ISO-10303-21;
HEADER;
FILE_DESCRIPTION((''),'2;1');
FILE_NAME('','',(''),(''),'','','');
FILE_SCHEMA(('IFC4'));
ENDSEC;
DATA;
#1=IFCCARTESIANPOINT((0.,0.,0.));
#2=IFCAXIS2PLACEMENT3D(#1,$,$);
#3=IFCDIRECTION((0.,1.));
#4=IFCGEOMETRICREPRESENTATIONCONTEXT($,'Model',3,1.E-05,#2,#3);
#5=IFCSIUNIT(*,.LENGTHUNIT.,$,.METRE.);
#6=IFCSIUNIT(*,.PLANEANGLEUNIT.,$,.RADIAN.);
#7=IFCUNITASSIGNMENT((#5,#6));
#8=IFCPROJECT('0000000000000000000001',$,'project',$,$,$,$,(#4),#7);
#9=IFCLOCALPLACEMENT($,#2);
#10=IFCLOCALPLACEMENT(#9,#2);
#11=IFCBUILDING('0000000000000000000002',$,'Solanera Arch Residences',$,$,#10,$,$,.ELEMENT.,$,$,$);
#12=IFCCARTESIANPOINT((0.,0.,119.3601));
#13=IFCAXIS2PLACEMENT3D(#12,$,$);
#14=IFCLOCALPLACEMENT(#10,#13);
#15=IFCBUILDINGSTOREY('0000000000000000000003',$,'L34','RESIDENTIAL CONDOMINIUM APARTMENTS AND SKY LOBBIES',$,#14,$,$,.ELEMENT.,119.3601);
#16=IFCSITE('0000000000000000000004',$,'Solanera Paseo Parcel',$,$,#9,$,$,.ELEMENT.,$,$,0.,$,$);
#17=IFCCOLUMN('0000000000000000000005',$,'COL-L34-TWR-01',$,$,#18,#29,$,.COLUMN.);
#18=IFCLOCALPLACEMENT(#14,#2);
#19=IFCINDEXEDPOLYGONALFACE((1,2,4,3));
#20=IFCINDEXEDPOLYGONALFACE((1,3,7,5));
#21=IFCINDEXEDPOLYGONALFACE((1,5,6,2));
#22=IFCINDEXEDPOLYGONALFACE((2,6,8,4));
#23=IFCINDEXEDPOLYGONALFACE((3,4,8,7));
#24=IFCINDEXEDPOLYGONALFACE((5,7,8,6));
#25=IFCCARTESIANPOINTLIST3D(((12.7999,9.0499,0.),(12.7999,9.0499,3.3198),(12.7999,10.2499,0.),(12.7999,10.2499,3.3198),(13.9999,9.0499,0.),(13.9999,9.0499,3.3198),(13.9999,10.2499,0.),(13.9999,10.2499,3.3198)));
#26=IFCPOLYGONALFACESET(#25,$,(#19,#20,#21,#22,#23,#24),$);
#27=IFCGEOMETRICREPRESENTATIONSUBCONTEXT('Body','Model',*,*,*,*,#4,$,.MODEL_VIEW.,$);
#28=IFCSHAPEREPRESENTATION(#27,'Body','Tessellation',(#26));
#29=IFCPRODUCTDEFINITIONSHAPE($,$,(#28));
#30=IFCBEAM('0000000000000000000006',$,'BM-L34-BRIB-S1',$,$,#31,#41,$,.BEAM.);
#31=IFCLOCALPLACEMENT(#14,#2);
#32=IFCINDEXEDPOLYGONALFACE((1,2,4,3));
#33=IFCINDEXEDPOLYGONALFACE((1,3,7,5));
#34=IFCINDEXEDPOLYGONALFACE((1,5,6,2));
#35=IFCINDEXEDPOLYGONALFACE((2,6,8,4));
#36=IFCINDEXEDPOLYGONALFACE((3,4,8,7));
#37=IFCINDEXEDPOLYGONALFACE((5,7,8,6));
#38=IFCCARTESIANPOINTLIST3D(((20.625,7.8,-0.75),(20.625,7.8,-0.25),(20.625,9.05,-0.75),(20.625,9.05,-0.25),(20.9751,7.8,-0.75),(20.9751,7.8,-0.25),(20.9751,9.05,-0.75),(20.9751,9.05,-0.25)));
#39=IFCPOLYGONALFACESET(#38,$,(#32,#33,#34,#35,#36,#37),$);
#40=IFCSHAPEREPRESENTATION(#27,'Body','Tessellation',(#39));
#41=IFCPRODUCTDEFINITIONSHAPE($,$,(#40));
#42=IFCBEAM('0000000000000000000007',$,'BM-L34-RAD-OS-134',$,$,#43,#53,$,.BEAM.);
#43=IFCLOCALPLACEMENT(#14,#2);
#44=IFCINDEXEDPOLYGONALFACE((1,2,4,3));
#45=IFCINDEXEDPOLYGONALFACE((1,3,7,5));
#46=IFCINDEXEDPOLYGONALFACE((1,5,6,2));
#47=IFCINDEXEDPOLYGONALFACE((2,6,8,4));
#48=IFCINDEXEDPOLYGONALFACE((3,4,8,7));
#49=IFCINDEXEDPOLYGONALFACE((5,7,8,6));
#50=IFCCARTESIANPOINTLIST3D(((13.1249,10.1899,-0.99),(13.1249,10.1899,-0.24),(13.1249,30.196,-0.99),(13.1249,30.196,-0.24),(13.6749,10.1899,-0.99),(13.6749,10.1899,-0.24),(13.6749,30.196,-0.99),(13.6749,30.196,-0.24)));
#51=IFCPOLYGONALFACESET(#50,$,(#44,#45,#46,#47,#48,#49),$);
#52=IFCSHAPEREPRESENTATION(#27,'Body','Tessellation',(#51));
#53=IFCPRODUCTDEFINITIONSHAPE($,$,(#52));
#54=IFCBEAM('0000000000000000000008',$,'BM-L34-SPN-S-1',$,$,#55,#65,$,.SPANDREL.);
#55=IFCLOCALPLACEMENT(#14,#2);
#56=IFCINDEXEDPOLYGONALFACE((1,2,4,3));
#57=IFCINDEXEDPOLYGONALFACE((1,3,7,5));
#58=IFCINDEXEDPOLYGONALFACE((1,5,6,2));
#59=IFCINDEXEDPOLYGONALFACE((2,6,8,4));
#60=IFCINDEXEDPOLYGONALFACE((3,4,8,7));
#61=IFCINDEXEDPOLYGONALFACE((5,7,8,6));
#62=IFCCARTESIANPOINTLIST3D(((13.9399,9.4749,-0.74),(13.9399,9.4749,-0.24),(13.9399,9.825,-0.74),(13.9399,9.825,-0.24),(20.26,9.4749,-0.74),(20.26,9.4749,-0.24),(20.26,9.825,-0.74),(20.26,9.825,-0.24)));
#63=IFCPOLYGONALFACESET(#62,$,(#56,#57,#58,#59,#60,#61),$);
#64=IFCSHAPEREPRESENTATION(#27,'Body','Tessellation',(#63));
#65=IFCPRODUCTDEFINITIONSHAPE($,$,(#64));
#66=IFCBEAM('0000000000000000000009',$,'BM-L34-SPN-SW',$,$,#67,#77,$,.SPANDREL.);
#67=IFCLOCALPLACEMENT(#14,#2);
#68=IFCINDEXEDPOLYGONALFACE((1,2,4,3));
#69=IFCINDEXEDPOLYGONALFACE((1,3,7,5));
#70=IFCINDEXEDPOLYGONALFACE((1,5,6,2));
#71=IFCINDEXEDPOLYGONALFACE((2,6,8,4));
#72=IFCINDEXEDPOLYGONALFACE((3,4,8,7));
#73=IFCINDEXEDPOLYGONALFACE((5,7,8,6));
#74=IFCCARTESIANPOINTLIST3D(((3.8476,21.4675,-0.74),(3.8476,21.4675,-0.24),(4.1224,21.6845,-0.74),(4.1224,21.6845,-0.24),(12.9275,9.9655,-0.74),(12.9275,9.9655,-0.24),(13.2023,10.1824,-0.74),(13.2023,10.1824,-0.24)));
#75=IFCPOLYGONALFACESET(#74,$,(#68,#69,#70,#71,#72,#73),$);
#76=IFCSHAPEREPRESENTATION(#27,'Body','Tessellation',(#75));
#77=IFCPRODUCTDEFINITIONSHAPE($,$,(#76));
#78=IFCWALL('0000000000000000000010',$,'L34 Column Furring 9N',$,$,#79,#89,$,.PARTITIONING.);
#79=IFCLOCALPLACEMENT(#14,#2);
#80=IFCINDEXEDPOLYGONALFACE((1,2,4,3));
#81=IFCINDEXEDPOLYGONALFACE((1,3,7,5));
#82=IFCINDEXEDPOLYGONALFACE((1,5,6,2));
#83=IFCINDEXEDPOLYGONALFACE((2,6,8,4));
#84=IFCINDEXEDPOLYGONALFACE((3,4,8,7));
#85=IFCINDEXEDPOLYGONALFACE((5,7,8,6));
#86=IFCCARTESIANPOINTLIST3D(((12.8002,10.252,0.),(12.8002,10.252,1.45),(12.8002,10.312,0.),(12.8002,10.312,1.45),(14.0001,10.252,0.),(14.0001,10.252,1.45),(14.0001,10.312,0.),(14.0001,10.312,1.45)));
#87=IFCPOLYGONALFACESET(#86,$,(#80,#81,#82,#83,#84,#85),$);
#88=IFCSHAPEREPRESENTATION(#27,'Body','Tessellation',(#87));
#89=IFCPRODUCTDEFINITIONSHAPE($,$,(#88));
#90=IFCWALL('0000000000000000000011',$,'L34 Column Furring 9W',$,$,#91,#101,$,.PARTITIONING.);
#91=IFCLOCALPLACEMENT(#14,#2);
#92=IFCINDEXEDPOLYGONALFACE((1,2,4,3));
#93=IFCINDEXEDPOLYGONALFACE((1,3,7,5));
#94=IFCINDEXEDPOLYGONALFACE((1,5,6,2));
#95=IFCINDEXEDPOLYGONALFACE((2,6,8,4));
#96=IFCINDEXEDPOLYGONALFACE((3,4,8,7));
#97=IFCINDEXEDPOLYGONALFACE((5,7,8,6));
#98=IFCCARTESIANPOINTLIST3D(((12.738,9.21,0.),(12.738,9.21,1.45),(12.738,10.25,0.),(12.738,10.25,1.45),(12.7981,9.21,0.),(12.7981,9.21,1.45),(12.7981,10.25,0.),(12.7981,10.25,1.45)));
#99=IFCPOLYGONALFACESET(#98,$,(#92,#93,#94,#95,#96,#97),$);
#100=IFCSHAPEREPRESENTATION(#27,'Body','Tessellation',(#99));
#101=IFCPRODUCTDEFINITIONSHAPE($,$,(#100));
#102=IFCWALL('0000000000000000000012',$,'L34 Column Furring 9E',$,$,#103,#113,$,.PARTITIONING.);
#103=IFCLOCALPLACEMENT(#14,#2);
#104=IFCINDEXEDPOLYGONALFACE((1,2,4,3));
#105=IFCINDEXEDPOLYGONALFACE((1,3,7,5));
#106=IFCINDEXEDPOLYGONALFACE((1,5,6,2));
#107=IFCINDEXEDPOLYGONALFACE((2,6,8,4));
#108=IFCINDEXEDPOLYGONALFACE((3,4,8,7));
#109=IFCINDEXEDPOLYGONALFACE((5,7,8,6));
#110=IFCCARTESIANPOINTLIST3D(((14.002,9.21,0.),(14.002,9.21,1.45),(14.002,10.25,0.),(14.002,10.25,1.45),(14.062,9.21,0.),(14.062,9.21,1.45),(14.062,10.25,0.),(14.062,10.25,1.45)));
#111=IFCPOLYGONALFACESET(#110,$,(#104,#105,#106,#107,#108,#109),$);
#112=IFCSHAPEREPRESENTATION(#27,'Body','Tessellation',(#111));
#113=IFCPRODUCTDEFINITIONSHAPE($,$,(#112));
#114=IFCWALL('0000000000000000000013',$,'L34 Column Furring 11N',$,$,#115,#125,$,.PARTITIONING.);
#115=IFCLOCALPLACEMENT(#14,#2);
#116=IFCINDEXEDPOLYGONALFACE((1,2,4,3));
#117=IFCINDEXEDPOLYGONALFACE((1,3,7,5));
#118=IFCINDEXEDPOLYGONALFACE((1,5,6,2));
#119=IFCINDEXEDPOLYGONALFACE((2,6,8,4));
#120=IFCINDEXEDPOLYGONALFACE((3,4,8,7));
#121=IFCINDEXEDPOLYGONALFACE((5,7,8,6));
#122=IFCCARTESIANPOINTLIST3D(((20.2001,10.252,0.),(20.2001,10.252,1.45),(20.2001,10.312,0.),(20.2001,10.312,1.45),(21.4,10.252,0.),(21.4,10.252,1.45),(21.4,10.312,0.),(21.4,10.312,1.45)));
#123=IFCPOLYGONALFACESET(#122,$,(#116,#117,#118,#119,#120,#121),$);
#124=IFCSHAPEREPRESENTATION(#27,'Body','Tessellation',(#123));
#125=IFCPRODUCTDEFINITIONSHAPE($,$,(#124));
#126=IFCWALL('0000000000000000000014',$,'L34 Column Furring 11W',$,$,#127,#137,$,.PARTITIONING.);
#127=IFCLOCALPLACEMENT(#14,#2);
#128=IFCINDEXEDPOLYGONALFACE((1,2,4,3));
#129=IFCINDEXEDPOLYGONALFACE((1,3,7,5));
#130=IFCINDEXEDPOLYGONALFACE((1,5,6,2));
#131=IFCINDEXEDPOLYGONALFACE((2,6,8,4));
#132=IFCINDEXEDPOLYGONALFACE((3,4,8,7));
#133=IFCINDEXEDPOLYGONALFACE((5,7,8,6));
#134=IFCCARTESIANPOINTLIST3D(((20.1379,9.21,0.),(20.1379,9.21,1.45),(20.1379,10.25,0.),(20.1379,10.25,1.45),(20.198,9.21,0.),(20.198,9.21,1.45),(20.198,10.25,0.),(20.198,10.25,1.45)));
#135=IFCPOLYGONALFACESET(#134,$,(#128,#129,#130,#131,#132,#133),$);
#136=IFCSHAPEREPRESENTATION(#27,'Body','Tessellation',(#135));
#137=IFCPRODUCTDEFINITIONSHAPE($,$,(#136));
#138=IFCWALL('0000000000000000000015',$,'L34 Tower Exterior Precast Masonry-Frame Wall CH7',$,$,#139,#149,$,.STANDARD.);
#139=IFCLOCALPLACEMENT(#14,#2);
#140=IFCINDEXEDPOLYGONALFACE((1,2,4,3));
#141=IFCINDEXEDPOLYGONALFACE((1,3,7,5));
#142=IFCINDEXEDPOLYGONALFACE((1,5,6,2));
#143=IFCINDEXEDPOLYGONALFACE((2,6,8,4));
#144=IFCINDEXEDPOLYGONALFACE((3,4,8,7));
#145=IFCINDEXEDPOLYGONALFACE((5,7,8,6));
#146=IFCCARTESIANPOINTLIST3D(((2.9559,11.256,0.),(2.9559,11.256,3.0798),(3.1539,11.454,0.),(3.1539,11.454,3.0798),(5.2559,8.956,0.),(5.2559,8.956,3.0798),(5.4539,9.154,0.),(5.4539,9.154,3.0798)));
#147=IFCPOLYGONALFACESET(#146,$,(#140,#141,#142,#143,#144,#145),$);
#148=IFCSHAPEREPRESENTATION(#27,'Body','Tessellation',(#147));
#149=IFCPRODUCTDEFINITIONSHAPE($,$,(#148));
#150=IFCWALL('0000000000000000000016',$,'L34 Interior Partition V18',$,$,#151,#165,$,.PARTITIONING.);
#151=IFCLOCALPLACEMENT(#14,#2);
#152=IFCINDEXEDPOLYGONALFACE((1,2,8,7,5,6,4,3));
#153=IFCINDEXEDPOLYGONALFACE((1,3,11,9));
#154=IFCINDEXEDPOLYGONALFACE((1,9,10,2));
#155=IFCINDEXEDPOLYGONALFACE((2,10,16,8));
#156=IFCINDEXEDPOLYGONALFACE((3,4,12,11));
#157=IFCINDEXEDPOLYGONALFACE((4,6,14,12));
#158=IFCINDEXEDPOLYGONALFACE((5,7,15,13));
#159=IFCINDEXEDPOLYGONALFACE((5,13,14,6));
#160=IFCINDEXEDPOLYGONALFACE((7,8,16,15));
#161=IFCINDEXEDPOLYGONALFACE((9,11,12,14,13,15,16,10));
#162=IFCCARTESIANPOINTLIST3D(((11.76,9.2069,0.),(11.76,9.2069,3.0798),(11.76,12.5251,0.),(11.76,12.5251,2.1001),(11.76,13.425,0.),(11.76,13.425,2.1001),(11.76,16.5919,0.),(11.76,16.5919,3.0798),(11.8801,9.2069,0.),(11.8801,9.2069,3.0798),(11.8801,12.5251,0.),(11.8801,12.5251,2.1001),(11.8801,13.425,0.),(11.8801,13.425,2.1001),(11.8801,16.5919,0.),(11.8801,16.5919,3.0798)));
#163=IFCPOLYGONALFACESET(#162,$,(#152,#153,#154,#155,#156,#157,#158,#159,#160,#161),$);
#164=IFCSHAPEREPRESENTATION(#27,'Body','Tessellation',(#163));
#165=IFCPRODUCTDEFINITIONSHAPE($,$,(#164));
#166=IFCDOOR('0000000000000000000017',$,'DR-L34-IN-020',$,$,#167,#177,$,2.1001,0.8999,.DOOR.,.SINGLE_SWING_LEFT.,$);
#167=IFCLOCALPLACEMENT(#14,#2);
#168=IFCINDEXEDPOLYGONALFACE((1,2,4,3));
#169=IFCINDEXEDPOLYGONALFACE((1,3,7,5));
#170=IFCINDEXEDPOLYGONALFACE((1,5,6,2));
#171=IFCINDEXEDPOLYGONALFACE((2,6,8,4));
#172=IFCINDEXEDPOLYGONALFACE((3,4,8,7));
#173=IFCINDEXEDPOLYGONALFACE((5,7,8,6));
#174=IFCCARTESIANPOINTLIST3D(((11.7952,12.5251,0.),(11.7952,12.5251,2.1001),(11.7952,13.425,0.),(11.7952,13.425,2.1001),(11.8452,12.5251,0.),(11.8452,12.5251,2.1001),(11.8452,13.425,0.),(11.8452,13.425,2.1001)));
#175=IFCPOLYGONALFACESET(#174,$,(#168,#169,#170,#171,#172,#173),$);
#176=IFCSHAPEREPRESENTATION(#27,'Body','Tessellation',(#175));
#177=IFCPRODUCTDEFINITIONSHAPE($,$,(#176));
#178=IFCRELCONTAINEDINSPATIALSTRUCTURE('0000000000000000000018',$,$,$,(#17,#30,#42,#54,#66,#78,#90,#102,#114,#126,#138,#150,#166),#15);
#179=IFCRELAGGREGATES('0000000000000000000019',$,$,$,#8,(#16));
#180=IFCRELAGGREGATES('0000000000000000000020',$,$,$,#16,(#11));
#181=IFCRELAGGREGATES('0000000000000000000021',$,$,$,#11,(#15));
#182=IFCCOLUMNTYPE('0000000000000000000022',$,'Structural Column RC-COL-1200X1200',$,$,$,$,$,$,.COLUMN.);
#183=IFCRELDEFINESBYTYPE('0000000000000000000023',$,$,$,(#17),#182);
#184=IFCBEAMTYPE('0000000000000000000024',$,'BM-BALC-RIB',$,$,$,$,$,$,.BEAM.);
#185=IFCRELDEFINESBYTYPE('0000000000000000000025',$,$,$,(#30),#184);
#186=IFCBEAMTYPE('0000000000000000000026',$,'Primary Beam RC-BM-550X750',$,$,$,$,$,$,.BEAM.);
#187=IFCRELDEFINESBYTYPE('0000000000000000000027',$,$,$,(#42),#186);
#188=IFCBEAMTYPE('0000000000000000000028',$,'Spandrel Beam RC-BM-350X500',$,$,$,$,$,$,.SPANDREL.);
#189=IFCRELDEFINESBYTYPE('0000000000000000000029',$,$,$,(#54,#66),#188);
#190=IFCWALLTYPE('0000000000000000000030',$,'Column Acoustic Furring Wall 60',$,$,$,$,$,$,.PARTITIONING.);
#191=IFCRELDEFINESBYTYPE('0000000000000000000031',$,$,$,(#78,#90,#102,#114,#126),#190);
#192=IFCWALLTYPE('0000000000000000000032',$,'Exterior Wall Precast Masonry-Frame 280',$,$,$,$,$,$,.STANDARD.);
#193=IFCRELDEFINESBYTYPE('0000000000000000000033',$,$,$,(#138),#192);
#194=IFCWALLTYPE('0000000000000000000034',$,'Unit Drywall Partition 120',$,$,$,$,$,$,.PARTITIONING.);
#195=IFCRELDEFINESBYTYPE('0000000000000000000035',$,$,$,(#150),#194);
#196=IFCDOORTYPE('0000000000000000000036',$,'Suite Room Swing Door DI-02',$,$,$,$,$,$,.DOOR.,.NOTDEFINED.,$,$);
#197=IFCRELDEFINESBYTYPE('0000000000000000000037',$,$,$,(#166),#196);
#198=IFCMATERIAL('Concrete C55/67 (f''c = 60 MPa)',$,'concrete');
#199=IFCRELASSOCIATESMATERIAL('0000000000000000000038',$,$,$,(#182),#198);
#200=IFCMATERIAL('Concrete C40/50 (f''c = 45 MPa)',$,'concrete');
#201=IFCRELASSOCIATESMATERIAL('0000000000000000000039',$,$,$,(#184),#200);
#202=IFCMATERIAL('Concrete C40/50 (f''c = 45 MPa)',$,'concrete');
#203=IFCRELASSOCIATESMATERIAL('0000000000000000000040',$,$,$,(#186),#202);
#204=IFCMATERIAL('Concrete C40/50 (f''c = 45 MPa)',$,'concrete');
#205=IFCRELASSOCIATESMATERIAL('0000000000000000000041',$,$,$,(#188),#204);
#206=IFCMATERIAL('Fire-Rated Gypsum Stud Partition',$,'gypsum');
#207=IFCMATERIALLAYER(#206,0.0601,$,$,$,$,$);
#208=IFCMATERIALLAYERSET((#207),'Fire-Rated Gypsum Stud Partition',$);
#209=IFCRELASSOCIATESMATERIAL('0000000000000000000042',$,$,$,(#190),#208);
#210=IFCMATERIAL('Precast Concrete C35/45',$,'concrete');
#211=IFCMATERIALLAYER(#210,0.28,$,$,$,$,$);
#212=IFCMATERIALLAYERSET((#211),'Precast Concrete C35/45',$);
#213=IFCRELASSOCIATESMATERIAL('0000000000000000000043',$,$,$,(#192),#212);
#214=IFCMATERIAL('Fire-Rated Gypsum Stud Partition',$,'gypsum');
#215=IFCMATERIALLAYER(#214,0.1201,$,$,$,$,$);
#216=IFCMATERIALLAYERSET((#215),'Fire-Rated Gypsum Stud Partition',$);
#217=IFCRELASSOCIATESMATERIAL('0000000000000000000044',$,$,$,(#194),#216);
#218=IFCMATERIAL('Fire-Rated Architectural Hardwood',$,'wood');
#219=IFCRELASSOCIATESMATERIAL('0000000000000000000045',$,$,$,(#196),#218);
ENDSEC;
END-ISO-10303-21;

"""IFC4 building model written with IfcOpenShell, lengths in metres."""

from ifc_helpers import new_model, si_unit, direction, frame, frame_2d, origin, origin_2d, place, context, subcontext, project, spatial, rectangle, extrude, material, layer, layer_set, material_profile, profile_set, type_object, element, fill, save


model = new_model("IFC4")

# Units and contexts
model_context = context("Model", 3, precision=1e-05, world=origin(), true_north=direction((0.0, 1.0)))
body_context = subcontext(model_context, "Body", "Model", "MODEL_VIEW")
ifc_project = project(units=[si_unit("LENGTHUNIT", "METRE"), si_unit("PLANEANGLEUNIT", "RADIAN")], contexts=[model_context])

# Site, building, storey
site_placement = place(None, origin())
site = spatial("IfcSite", under=ifc_project, at=site_placement, Name="Solanera Paseo Parcel", CompositionType="ELEMENT", RefElevation=0.0)
building_placement = place(site_placement, origin())
building = spatial("IfcBuilding", under=site, at=building_placement, Name="Solanera Arch Residences", CompositionType="ELEMENT")
storey_placement = place(building_placement, frame((0.0, 0.0, 119.3601)))
storey = spatial("IfcBuildingStorey", under=building, at=storey_placement, Name="L34", Description="RESIDENTIAL CONDOMINIUM APARTMENTS AND SKY LOBBIES", CompositionType="ELEMENT", Elevation=119.3601)

# Column
ifc_material_1 = material(Name="Concrete C55/67 (f'c = 60 MPa)", Category="concrete")
ifc_material_profile_1 = material_profile(ifc_material_1, rectangle(XDim=1.2, YDim=1.2, at=origin_2d()))
ifc_profile_set_1 = profile_set([ifc_material_profile_1], Name="Concrete C55/67 (f'c = 60 MPa)")
column_type = type_object("IfcColumnType", Name="Structural Column RC-COL-1200X1200", PredefinedType="COLUMN", material=ifc_profile_set_1)
column_placement = place(storey_placement, frame((13.3999, 9.6499, 0.0), z_axis=(0.0, 0.0, 1.0), x_axis=(1.0, 0.0, 0.0)))
element("IfcColumn", 1, at=column_placement, inside=storey, type_object=column_type, Name="COL-L34-TWR-01", PredefinedType="COLUMN", context=body_context, shape_type="SweptSolid", body=[
    extrude(rectangle(XDim=1.2, YDim=1.2, at=origin_2d()), origin(), (0.0, 0.0, 1.0), 3.3198),
])

# Beams
ifc_material_2 = material(Name="Concrete C40/50 (f'c = 45 MPa)", Category="concrete")
ifc_material_profile_2 = material_profile(ifc_material_2, rectangle(XDim=0.3501, YDim=0.5, at=origin_2d()))
ifc_profile_set_2 = profile_set([ifc_material_profile_2], Name="Concrete C40/50 (f'c = 45 MPa)")
beam_type_1 = type_object("IfcBeamType", Name="BM-BALC-RIB", PredefinedType="BEAM", material=ifc_profile_set_2)
beam_1_placement = place(storey_placement, frame((20.8, 7.8, -0.5), z_axis=(0.0, 1.0, 0.0), x_axis=(-1.0, 0.0, 0.0)))
element("IfcBeam", 2, at=beam_1_placement, inside=storey, type_object=beam_type_1, Name="BM-L34-BRIB-S1", PredefinedType="BEAM", context=body_context, shape_type="SweptSolid", body=[
    extrude(rectangle(XDim=0.3501, YDim=0.5, at=origin_2d()), origin(), (0.0, 0.0, 1.0), 1.25),
])
ifc_material_3 = material(Name="Concrete C40/50 (f'c = 45 MPa)", Category="concrete")
ifc_material_profile_3 = material_profile(ifc_material_3, rectangle(XDim=0.55, YDim=0.75, at=origin_2d()))
ifc_profile_set_3 = profile_set([ifc_material_profile_3], Name="Concrete C40/50 (f'c = 45 MPa)")
beam_type_2 = type_object("IfcBeamType", Name="Primary Beam RC-BM-550X750", PredefinedType="BEAM", material=ifc_profile_set_3)
beam_2_placement = place(storey_placement, frame((13.3999, 10.1899, -0.615), z_axis=(0.0, 1.0, 0.0), x_axis=(-1.0, 0.0, 0.0)))
element("IfcBeam", 3, at=beam_2_placement, inside=storey, type_object=beam_type_2, Name="BM-L34-RAD-OS-134", PredefinedType="BEAM", context=body_context, shape_type="SweptSolid", body=[
    extrude(rectangle(XDim=0.55, YDim=0.75, at=origin_2d()), origin(), (0.0, 0.0, 1.0), 20.0061),
])
ifc_material_4 = material(Name="Concrete C40/50 (f'c = 45 MPa)", Category="concrete")
ifc_material_profile_4 = material_profile(ifc_material_4, rectangle(XDim=0.3501, YDim=0.5, at=origin_2d()))
ifc_profile_set_4 = profile_set([ifc_material_profile_4], Name="Concrete C40/50 (f'c = 45 MPa)")
beam_type_3 = type_object("IfcBeamType", Name="Spandrel Beam RC-BM-350X500", PredefinedType="SPANDREL", material=ifc_profile_set_4)
beam_3_placement = place(storey_placement, frame((13.9399, 9.6499, -0.49), z_axis=(1.0, 0.0, 0.0), x_axis=(0.0, 1.0, 0.0)))
element("IfcBeam", 4, at=beam_3_placement, inside=storey, type_object=beam_type_3, Name="BM-L34-SPN-S-1", PredefinedType="SPANDREL", context=body_context, shape_type="SweptSolid", body=[
    extrude(rectangle(XDim=0.3501, YDim=0.5, at=origin_2d()), origin(), (0.0, 0.0, 1.0), 6.3201),
])
beam_4_placement = place(storey_placement, frame((13.0649, 10.074, -0.49), z_axis=(-0.619617, 0.784905, 0.0), x_axis=(-0.784905, -0.619617, 0.0)))
element("IfcBeam", 5, at=beam_4_placement, inside=storey, type_object=beam_type_3, Name="BM-L34-SPN-SW", PredefinedType="SPANDREL", context=body_context, shape_type="SweptSolid", body=[
    extrude(rectangle(XDim=0.3501, YDim=0.5, at=origin_2d()), origin(), (0.0, 0.0, 1.0), 14.6541),
])

# Walls
ifc_material_5 = material(Name="Fire-Rated Gypsum Stud Partition", Category="gypsum")
ifc_layer_1 = layer(ifc_material_5, 0.0601)
ifc_layer_set_1 = layer_set([ifc_layer_1], Name="Fire-Rated Gypsum Stud Partition")
wall_type_1 = type_object("IfcWallType", Name="Column Acoustic Furring Wall 60", PredefinedType="PARTITIONING", material=ifc_layer_set_1)
wall_1_placement = place(storey_placement, frame((12.8, 10.282, 0.0), z_axis=(0.0, 0.0, 1.0), x_axis=(1.0, 0.0, 0.0)))
element("IfcWall", 6, at=wall_1_placement, inside=storey, type_object=wall_type_1, Name="L34 Column Furring 9N", PredefinedType="PARTITIONING", context=body_context, shape_type="SweptSolid", body=[
    extrude(rectangle(XDim=1.2, YDim=0.0601, at=frame_2d((0.6001, 0.0))), origin(), (0.0, 0.0, 1.0), 1.45),
])
for number, where, z_axis, x_axis, name in (
    (7, (12.7681, 9.21, 0.0), (0.0, 0.0, 1.0), (0.0, 1.0, 0.0), "L34 Column Furring 9W"),
    (8, (14.032, 9.21, 0.0), (0.0, 0.0, 1.0), (0.0, 1.0, 0.0), "L34 Column Furring 9E"),
):
    element("IfcWall", number, at=place(storey_placement, frame(where, z_axis=z_axis, x_axis=x_axis)), inside=storey, type_object=wall_type_1, Name=name, PredefinedType="PARTITIONING", context=body_context, shape_type="SweptSolid", body=[
        extrude(rectangle(XDim=1.04, YDim=0.0601, at=frame_2d((0.52, 0.0))), origin(), (0.0, 0.0, 1.0), 1.45),
    ])
wall_2_placement = place(storey_placement, frame((20.2, 10.282, 0.0), z_axis=(0.0, 0.0, 1.0), x_axis=(1.0, 0.0, 0.0)))
element("IfcWall", 9, at=wall_2_placement, inside=storey, type_object=wall_type_1, Name="L34 Column Furring 11N", PredefinedType="PARTITIONING", context=body_context, shape_type="SweptSolid", body=[
    extrude(rectangle(XDim=1.2, YDim=0.0601, at=frame_2d((0.6001, 0.0))), origin(), (0.0, 0.0, 1.0), 1.45),
])
wall_3_placement = place(storey_placement, frame((20.168, 9.21, 0.0), z_axis=(0.0, 0.0, 1.0), x_axis=(0.0, 1.0, 0.0)))
element("IfcWall", 10, at=wall_3_placement, inside=storey, type_object=wall_type_1, Name="L34 Column Furring 11W", PredefinedType="PARTITIONING", context=body_context, shape_type="SweptSolid", body=[
    extrude(rectangle(XDim=1.04, YDim=0.0601, at=frame_2d((0.52, 0.0))), origin(), (0.0, 0.0, 1.0), 1.45),
])
ifc_material_6 = material(Name="Precast Concrete C35/45", Category="concrete")
ifc_layer_2 = layer(ifc_material_6, 0.28)
ifc_layer_set_2 = layer_set([ifc_layer_2], Name="Precast Concrete C35/45")
wall_type_2 = type_object("IfcWallType", Name="Exterior Wall Precast Masonry-Frame 280", PredefinedType="STANDARD", material=ifc_layer_set_2)
wall_4_placement = place(storey_placement, frame((5.355, 9.0549, 0.0), z_axis=(0.0, 0.0, 1.0), x_axis=(-0.707107, 0.707107, 0.0)))
element("IfcWall", 11, at=wall_4_placement, inside=storey, type_object=wall_type_2, Name="L34 Tower Exterior Precast Masonry-Frame Wall CH7", PredefinedType="STANDARD", context=body_context, shape_type="SweptSolid", body=[
    extrude(rectangle(XDim=3.2527, YDim=0.28, at=frame_2d((1.6265, 0.0))), origin(), (0.0, 0.0, 1.0), 3.0798),
])

# Wall, opening, door
ifc_material_7 = material(Name="Fire-Rated Gypsum Stud Partition", Category="gypsum")
ifc_layer_3 = layer(ifc_material_7, 0.1201)
ifc_layer_set_3 = layer_set([ifc_layer_3], Name="Fire-Rated Gypsum Stud Partition")
wall_type_3 = type_object("IfcWallType", Name="Unit Drywall Partition 120", PredefinedType="PARTITIONING", material=ifc_layer_set_3)
wall_5_placement = place(storey_placement, frame((11.8201, 9.207, 0.0), z_axis=(0.0, 0.0, 1.0), x_axis=(0.0, 1.0, 0.0)))
wall_5 = element("IfcWall", 12, at=wall_5_placement, inside=storey, type_object=wall_type_3, Name="L34 Interior Partition V18", PredefinedType="PARTITIONING", context=body_context, shape_type="SweptSolid", body=[
    extrude(rectangle(XDim=7.385, YDim=0.1201, at=frame_2d((3.6924, 0.0))), origin(), (0.0, 0.0, 1.0), 3.0798),
])
opening_1_placement = place(wall_5_placement, frame((3.3181, 0.0, 0.0)))
opening_1 = element("IfcOpeningElement", 13, at=opening_1_placement, cuts=wall_5, PredefinedType="OPENING", context=body_context, shape_type="SweptSolid", body=[
    extrude(rectangle(XDim=0.8999, YDim=2.1001, at=frame_2d((0.45, 1.05))), frame((0.0, 0.0701, 0.0), z_axis=(0.0, -1.0, 0.0), x_axis=(1.0, 0.0, 0.0)), (0.0, 0.0, 1.0), 0.1401),
])
ifc_material_8 = material(Name="Fire-Rated Architectural Hardwood", Category="wood")
door_type_1 = type_object("IfcDoorType", Name="Suite Room Swing Door DI-02", OperationType="NOTDEFINED", PredefinedType="DOOR", material=ifc_material_8)
door_1_placement = place(opening_1_placement, origin())
door_1 = element("IfcDoor", 14, at=door_1_placement, inside=storey, type_object=door_type_1, Name="DR-L34-IN-020", OperationType="SINGLE_SWING_LEFT", OverallHeight=2.1001, OverallWidth=0.8999, PredefinedType="DOOR", context=body_context, shape_type="SweptSolid", body=[
    extrude(rectangle(XDim=0.8999, YDim=2.1001, at=frame_2d((0.45, 1.05))), frame((0.0, 0.0249, 0.0), z_axis=(0.0, -1.0, 0.0), x_axis=(1.0, 0.0, 0.0)), (0.0, 0.0, 1.0), 0.05),
])
fill(opening_1, door_1)

save(model, "model.ifc")
